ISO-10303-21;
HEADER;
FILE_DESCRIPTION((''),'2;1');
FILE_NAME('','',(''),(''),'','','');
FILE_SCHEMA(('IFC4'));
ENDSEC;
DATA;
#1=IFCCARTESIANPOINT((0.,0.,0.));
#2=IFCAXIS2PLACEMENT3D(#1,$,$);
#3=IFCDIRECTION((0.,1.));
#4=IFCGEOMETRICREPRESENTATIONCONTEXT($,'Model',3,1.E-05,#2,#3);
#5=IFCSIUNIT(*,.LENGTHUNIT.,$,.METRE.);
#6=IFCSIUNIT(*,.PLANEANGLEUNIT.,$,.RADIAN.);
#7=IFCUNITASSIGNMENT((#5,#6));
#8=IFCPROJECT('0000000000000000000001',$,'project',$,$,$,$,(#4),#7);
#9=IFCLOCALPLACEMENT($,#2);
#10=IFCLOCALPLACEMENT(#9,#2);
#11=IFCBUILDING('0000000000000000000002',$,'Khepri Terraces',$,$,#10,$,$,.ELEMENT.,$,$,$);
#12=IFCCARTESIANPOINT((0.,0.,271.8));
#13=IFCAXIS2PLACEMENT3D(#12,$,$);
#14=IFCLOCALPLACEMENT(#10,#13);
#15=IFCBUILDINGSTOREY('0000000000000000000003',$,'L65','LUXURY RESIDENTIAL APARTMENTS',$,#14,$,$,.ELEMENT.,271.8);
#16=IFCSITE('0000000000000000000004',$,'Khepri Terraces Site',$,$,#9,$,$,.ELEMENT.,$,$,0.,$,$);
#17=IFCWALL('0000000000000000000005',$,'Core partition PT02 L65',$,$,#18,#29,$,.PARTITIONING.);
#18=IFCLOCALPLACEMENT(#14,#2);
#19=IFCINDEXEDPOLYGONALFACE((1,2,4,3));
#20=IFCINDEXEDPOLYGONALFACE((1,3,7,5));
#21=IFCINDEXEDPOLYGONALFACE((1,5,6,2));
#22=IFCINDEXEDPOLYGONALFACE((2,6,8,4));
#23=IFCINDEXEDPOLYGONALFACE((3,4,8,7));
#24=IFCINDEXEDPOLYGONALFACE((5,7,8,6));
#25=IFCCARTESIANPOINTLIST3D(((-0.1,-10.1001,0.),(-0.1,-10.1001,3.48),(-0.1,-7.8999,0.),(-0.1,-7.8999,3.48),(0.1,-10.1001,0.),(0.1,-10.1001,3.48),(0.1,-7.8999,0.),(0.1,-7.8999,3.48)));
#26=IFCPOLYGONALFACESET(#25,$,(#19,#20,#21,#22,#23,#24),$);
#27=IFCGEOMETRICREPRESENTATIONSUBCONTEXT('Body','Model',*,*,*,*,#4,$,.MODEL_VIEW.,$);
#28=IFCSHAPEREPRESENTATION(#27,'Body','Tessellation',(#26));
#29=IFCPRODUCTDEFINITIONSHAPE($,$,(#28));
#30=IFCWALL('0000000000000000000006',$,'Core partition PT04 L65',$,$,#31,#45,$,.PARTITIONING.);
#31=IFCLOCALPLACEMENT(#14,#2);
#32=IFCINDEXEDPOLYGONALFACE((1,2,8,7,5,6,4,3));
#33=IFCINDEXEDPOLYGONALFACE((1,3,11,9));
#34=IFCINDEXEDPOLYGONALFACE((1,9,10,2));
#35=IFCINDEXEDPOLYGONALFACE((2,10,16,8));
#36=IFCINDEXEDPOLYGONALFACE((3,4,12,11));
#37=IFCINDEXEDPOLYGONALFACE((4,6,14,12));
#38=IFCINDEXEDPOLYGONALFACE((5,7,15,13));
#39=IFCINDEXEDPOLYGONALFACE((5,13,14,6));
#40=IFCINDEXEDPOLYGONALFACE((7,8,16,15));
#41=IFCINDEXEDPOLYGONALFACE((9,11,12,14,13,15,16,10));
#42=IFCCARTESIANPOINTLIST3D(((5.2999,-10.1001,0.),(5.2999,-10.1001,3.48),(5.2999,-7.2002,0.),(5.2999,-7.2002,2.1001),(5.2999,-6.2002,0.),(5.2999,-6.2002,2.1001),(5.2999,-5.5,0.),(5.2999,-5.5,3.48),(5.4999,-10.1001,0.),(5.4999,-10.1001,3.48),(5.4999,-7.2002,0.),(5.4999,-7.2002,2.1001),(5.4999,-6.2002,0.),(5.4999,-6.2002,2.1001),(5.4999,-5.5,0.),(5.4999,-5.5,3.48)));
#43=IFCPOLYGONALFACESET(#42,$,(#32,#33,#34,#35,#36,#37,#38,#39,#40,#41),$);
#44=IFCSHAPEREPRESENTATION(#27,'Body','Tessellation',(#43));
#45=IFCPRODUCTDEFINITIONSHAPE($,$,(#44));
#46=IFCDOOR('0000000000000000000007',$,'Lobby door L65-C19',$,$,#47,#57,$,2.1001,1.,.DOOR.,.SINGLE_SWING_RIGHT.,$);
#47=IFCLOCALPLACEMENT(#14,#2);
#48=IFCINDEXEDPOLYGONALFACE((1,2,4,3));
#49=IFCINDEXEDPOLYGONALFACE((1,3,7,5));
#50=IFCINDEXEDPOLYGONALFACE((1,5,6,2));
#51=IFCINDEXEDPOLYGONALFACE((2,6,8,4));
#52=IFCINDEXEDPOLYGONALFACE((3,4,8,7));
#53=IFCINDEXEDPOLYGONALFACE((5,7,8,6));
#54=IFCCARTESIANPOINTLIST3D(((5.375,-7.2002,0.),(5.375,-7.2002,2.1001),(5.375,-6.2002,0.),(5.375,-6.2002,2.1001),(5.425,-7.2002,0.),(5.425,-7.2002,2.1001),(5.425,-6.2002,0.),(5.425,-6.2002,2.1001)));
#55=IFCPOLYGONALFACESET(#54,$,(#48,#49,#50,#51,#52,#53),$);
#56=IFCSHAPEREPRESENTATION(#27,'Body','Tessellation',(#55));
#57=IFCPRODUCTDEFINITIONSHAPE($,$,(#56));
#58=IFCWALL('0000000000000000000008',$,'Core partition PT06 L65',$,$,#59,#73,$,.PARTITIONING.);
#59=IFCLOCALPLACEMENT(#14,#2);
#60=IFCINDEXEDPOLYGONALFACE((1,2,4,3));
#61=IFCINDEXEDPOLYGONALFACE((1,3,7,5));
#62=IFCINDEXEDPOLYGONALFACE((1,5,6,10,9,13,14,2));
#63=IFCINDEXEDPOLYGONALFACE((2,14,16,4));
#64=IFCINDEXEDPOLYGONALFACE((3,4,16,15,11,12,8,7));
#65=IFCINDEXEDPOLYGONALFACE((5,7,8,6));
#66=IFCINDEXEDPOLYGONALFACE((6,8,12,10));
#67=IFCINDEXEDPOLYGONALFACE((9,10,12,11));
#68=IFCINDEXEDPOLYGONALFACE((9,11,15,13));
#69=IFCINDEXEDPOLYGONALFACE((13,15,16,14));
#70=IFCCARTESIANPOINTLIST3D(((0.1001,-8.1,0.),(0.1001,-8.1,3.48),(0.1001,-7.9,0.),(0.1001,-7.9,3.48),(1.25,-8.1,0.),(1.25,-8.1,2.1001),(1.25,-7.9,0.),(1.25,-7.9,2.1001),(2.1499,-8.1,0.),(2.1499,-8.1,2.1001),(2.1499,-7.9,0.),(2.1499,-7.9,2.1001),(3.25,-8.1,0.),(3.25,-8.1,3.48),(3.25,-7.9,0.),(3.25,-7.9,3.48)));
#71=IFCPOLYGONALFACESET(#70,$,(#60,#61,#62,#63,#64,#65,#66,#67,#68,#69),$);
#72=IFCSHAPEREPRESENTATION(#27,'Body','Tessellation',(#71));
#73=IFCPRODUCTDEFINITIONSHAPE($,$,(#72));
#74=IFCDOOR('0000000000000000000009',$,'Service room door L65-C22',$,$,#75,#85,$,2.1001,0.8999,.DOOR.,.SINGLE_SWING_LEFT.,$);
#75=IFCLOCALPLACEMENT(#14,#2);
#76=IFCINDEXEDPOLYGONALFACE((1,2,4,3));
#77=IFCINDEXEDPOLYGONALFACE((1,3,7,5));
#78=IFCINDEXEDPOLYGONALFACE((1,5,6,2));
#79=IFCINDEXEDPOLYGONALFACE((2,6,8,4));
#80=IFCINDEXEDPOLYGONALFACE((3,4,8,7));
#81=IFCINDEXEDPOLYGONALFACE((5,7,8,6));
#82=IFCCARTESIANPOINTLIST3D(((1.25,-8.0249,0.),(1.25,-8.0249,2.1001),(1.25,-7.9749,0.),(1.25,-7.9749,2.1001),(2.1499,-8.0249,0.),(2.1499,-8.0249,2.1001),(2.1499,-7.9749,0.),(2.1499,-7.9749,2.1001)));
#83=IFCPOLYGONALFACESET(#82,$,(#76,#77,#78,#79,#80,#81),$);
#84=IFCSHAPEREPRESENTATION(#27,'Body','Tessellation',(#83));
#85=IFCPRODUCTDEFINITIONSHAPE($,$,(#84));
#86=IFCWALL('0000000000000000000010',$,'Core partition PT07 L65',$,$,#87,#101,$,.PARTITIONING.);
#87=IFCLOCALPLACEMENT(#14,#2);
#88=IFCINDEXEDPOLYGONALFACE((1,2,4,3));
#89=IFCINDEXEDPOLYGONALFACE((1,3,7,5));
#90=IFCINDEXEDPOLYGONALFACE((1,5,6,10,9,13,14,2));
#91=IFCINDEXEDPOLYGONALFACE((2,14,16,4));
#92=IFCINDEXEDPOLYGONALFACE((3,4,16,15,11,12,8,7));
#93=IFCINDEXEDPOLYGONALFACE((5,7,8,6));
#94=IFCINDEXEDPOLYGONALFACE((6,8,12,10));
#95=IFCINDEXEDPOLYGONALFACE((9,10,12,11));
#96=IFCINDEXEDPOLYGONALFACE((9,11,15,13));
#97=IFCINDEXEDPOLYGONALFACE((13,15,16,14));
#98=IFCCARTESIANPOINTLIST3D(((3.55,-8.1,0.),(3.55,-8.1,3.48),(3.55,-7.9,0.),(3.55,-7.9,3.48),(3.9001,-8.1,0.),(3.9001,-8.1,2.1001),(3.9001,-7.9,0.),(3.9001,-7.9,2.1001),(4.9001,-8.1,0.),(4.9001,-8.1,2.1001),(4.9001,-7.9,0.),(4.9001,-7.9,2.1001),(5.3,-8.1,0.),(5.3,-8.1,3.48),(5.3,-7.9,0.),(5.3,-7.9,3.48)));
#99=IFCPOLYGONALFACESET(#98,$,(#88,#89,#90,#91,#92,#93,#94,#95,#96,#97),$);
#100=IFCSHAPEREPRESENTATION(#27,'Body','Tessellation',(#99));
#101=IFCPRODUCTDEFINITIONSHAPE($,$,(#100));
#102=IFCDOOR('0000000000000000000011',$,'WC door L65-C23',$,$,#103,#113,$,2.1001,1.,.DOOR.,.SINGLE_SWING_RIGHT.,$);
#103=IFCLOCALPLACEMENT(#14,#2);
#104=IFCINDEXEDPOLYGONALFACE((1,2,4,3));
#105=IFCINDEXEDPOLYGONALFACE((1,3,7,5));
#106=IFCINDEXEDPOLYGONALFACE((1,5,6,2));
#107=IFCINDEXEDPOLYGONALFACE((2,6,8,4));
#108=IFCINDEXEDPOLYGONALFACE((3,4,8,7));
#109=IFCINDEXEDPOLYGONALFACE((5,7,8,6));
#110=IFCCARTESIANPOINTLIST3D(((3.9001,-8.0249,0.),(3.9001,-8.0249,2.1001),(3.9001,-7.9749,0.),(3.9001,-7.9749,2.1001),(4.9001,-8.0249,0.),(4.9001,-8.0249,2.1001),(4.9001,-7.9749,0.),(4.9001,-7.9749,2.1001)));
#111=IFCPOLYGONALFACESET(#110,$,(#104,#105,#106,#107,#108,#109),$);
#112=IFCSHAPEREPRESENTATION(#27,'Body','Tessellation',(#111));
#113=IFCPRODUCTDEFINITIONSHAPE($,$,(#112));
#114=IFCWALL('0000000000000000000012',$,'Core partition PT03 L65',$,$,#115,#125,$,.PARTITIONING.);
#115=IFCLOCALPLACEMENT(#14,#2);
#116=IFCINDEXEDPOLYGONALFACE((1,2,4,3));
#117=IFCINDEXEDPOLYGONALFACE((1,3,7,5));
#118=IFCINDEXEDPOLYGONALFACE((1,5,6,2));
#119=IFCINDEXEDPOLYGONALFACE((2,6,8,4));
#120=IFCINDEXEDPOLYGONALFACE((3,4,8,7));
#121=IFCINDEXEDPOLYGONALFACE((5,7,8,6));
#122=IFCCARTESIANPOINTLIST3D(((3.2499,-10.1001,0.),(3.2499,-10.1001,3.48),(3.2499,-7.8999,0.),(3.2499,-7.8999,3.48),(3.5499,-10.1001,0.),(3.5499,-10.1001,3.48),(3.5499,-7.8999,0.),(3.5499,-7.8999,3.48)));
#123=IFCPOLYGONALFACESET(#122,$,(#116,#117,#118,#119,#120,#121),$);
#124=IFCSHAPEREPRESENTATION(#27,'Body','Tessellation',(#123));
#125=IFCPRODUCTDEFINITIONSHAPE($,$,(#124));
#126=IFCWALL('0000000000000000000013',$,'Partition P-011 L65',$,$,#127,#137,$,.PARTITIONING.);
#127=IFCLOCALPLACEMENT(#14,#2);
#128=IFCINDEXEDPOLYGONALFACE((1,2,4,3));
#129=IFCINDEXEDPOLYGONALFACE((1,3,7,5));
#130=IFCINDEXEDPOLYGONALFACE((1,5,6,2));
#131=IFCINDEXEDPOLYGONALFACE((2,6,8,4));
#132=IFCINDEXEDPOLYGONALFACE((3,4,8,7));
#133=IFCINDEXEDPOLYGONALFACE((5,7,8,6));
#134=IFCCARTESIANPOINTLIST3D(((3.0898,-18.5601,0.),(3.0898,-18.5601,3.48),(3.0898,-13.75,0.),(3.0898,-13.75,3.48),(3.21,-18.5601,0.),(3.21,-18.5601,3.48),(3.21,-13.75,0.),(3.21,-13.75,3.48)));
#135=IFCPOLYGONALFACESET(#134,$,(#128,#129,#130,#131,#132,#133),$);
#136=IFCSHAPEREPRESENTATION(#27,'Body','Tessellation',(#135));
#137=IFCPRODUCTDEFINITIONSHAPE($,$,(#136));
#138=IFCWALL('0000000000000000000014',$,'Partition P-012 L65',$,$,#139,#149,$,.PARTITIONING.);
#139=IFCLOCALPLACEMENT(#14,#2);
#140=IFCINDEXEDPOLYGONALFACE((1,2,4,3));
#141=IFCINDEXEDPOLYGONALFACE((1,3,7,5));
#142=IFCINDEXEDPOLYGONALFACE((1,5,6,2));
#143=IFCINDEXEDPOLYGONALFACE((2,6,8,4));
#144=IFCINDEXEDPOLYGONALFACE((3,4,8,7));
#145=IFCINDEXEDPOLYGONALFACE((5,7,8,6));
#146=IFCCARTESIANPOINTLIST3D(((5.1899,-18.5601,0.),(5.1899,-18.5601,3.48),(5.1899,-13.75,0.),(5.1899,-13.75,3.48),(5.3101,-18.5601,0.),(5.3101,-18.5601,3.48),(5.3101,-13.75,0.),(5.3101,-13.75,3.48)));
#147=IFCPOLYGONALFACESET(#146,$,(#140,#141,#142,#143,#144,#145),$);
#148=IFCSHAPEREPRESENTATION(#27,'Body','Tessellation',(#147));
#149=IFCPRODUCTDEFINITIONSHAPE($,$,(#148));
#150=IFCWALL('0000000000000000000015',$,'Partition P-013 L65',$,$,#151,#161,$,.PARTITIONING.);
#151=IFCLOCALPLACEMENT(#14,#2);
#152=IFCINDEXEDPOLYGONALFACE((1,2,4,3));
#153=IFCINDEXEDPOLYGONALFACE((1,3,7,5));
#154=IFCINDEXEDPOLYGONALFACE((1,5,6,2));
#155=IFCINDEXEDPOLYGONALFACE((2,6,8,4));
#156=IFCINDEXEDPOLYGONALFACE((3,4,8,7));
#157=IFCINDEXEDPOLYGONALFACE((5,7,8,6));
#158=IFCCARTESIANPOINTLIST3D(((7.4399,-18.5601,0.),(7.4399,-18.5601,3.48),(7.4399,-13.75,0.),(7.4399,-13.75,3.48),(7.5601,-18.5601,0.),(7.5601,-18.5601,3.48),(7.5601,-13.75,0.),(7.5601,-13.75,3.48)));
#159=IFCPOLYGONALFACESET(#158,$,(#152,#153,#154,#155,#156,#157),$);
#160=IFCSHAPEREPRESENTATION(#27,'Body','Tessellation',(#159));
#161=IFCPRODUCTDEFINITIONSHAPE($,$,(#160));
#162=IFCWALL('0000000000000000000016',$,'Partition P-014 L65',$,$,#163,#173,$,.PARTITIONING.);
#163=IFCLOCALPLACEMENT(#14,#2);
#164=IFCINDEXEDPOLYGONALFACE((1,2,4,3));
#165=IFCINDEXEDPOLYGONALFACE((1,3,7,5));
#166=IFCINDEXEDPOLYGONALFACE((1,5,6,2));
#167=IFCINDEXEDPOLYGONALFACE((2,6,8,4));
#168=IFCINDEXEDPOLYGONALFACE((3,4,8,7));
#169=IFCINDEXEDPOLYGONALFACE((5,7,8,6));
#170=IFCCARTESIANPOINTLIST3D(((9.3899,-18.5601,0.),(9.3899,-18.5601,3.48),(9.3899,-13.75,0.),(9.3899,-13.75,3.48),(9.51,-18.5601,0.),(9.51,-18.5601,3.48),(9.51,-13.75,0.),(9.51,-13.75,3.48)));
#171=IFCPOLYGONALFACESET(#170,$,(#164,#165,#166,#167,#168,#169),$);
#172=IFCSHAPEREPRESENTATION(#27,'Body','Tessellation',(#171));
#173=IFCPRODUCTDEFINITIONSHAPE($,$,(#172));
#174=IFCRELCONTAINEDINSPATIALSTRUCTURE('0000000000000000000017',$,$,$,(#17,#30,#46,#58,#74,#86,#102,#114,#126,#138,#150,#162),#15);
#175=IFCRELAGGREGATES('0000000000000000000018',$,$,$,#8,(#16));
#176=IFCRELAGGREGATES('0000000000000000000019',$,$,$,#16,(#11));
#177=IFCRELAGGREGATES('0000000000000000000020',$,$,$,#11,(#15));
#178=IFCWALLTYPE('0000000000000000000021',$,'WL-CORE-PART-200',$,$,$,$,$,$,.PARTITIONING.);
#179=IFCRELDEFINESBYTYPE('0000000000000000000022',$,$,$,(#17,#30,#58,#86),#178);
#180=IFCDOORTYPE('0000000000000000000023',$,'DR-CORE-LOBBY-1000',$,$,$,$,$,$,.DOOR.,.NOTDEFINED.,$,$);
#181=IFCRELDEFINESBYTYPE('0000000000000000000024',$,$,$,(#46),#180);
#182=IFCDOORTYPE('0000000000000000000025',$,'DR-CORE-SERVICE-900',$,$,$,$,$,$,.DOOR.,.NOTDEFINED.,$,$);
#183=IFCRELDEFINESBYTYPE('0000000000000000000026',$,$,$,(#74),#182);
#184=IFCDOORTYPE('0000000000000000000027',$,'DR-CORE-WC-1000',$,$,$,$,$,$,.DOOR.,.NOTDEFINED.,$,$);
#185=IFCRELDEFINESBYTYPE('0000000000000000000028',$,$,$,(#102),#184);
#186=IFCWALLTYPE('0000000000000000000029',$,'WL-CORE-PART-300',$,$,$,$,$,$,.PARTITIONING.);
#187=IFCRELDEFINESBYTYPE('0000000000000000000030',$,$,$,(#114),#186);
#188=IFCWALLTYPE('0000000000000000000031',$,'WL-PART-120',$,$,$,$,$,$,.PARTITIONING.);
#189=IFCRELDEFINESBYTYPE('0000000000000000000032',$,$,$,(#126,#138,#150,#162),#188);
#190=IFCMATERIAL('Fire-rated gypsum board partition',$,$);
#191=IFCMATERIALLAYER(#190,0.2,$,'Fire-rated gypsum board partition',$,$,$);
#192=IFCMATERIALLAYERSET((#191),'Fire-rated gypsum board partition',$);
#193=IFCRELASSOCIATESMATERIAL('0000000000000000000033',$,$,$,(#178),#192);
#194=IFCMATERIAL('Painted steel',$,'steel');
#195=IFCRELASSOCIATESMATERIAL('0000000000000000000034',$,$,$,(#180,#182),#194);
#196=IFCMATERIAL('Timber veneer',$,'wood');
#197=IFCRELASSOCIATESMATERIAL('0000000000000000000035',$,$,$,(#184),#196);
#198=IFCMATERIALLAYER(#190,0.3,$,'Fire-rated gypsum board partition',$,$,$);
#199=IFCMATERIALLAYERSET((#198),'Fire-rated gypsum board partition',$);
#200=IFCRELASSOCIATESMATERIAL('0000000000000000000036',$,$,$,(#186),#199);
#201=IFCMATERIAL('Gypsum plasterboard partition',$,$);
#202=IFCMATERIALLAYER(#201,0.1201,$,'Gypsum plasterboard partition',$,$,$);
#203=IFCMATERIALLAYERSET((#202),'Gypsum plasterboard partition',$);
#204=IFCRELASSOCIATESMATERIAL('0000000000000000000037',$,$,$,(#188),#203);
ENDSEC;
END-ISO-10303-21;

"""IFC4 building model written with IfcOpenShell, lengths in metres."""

from ifc_helpers import new_model, si_unit, direction, frame, frame_2d, origin, place, context, subcontext, project, spatial, rectangle, extrude, material, layer, layer_set, type_object, element, fill, save


model = new_model("IFC4")

# Units and contexts
model_context = context("Model", 3, precision=1e-05, world=origin(), true_north=direction((0.0, 1.0)))
body_context = subcontext(model_context, "Body", "Model", "MODEL_VIEW")
ifc_project = project(units=[si_unit("LENGTHUNIT", "METRE"), si_unit("PLANEANGLEUNIT", "RADIAN")], contexts=[model_context])

# Site, building, storey
site_placement = place(None, origin())
site = spatial("IfcSite", under=ifc_project, at=site_placement, Name="Khepri Terraces Site", CompositionType="ELEMENT", RefElevation=0.0)
building_placement = place(site_placement, origin())
building = spatial("IfcBuilding", under=site, at=building_placement, Name="Khepri Terraces", CompositionType="ELEMENT")
storey_placement = place(building_placement, frame((0.0, 0.0, 271.8)))
storey = spatial("IfcBuildingStorey", under=building, at=storey_placement, Name="L65", Description="LUXURY RESIDENTIAL APARTMENTS", CompositionType="ELEMENT", Elevation=271.8)

# Wall
ifc_material_1 = material(Name="Fire-rated gypsum board partition")
ifc_layer_1 = layer(ifc_material_1, 0.2, Name="Fire-rated gypsum board partition")
ifc_layer_set_1 = layer_set([ifc_layer_1], Name="Fire-rated gypsum board partition")
wall_type_1 = type_object("IfcWallType", Name="WL-CORE-PART-200", PredefinedType="PARTITIONING", material=ifc_layer_set_1)
wall_1_placement = place(storey_placement, frame((0.0, -10.1001, 0.0), z_axis=(0.0, 0.0, 1.0), x_axis=(0.0, 1.0, 0.0)))
element("IfcWall", 1, at=wall_1_placement, inside=storey, type_object=wall_type_1, Name="Core partition PT02 L65", PredefinedType="PARTITIONING", context=body_context, shape_type="SweptSolid", body=[
    extrude(rectangle(XDim=2.2002, YDim=0.2, at=frame_2d((1.1001, 0.0))), origin(), (0.0, 0.0, 1.0), 3.48),
])

# Walls, openings, doors
wall_2_placement = place(storey_placement, frame((5.3999, -10.1001, 0.0), z_axis=(0.0, 0.0, 1.0), x_axis=(0.0, 1.0, 0.0)))
wall_2 = element("IfcWall", 2, at=wall_2_placement, inside=storey, type_object=wall_type_1, Name="Core partition PT04 L65", PredefinedType="PARTITIONING", context=body_context, shape_type="SweptSolid", body=[
    extrude(rectangle(XDim=4.6001, YDim=0.2, at=frame_2d((2.3, 0.0))), origin(), (0.0, 0.0, 1.0), 3.48),
])
opening_1_placement = place(wall_2_placement, frame((2.8999, 0.0, 0.0)))
opening_1 = element("IfcOpeningElement", 3, at=opening_1_placement, cuts=wall_2, PredefinedType="OPENING", context=body_context, shape_type="SweptSolid", body=[
    extrude(rectangle(XDim=1.0, YDim=2.1001, at=frame_2d((0.5, 1.05))), frame((0.0, 0.1099, 0.0), z_axis=(0.0, -1.0, 0.0), x_axis=(1.0, 0.0, 0.0)), (0.0, 0.0, 1.0), 0.22),
])
ifc_material_2 = material(Name="Painted steel", Category="steel")
door_type_1 = type_object("IfcDoorType", Name="DR-CORE-LOBBY-1000", OperationType="NOTDEFINED", PredefinedType="DOOR", material=ifc_material_2)
door_1_placement = place(opening_1_placement, origin())
door_1 = element("IfcDoor", 4, at=door_1_placement, inside=storey, type_object=door_type_1, Name="Lobby door L65-C19", OperationType="SINGLE_SWING_RIGHT", OverallHeight=2.1001, OverallWidth=1.0, PredefinedType="DOOR", context=body_context, shape_type="SweptSolid", body=[
    extrude(rectangle(XDim=1.0, YDim=2.1001, at=frame_2d((0.5, 1.05))), frame((0.0, 0.0249, 0.0), z_axis=(0.0, -1.0, 0.0), x_axis=(1.0, 0.0, 0.0)), (0.0, 0.0, 1.0), 0.05),
])
fill(opening_1, door_1)
wall_3_placement = place(storey_placement, frame((0.1001, -8.0, 0.0), z_axis=(0.0, 0.0, 1.0), x_axis=(1.0, 0.0, 0.0)))
wall_3 = element("IfcWall", 5, at=wall_3_placement, inside=storey, type_object=wall_type_1, Name="Core partition PT06 L65", PredefinedType="PARTITIONING", context=body_context, shape_type="SweptSolid", body=[
    extrude(rectangle(XDim=3.1499, YDim=0.2, at=frame_2d((1.575, 0.0))), origin(), (0.0, 0.0, 1.0), 3.48),
])
opening_2_placement = place(wall_3_placement, frame((1.1499, 0.0, 0.0)))
opening_2 = element("IfcOpeningElement", 6, at=opening_2_placement, cuts=wall_3, PredefinedType="OPENING", context=body_context, shape_type="SweptSolid", body=[
    extrude(rectangle(XDim=0.8999, YDim=2.1001, at=frame_2d((0.45, 1.05))), frame((0.0, 0.1099, 0.0), z_axis=(0.0, -1.0, 0.0), x_axis=(1.0, 0.0, 0.0)), (0.0, 0.0, 1.0), 0.22),
])
door_type_2 = type_object("IfcDoorType", Name="DR-CORE-SERVICE-900", OperationType="NOTDEFINED", PredefinedType="DOOR", material=ifc_material_2)
door_2_placement = place(opening_2_placement, frame((0.8999, 0.0, 0.0), z_axis=(0.0, 0.0, 1.0), x_axis=(-1.0, 0.0, 0.0)))
door_2 = element("IfcDoor", 7, at=door_2_placement, inside=storey, type_object=door_type_2, Name="Service room door L65-C22", OperationType="SINGLE_SWING_LEFT", OverallHeight=2.1001, OverallWidth=0.8999, PredefinedType="DOOR", context=body_context, shape_type="SweptSolid", body=[
    extrude(rectangle(XDim=0.8999, YDim=2.1001, at=frame_2d((0.45, 1.05))), frame((0.0, 0.0249, 0.0), z_axis=(0.0, -1.0, 0.0), x_axis=(1.0, 0.0, 0.0)), (0.0, 0.0, 1.0), 0.05),
])
fill(opening_2, door_2)
wall_4_placement = place(storey_placement, frame((3.55, -8.0, 0.0), z_axis=(0.0, 0.0, 1.0), x_axis=(1.0, 0.0, 0.0)))
wall_4 = element("IfcWall", 8, at=wall_4_placement, inside=storey, type_object=wall_type_1, Name="Core partition PT07 L65", PredefinedType="PARTITIONING", context=body_context, shape_type="SweptSolid", body=[
    extrude(rectangle(XDim=1.75, YDim=0.2, at=frame_2d((0.875, 0.0))), origin(), (0.0, 0.0, 1.0), 3.48),
])
opening_3_placement = place(wall_4_placement, frame((0.3501, 0.0, 0.0)))
opening_3 = element("IfcOpeningElement", 9, at=opening_3_placement, cuts=wall_4, PredefinedType="OPENING", context=body_context, shape_type="SweptSolid", body=[
    extrude(rectangle(XDim=1.0, YDim=2.1001, at=frame_2d((0.5, 1.05))), frame((0.0, 0.1099, 0.0), z_axis=(0.0, -1.0, 0.0), x_axis=(1.0, 0.0, 0.0)), (0.0, 0.0, 1.0), 0.22),
])
ifc_material_3 = material(Name="Timber veneer", Category="wood")
door_type_3 = type_object("IfcDoorType", Name="DR-CORE-WC-1000", OperationType="NOTDEFINED", PredefinedType="DOOR", material=ifc_material_3)
door_3_placement = place(opening_3_placement, frame((1.0, 0.0, 0.0), z_axis=(0.0, 0.0, 1.0), x_axis=(-1.0, 0.0, 0.0)))
door_3 = element("IfcDoor", 10, at=door_3_placement, inside=storey, type_object=door_type_3, Name="WC door L65-C23", OperationType="SINGLE_SWING_RIGHT", OverallHeight=2.1001, OverallWidth=1.0, PredefinedType="DOOR", context=body_context, shape_type="SweptSolid", body=[
    extrude(rectangle(XDim=1.0, YDim=2.1001, at=frame_2d((0.5, 1.05))), frame((0.0, 0.0249, 0.0), z_axis=(0.0, -1.0, 0.0), x_axis=(1.0, 0.0, 0.0)), (0.0, 0.0, 1.0), 0.05),
])
fill(opening_3, door_3)

# Wall
ifc_layer_2 = layer(ifc_material_1, 0.3, Name="Fire-rated gypsum board partition")
ifc_layer_set_2 = layer_set([ifc_layer_2], Name="Fire-rated gypsum board partition")
wall_type_2 = type_object("IfcWallType", Name="WL-CORE-PART-300", PredefinedType="PARTITIONING", material=ifc_layer_set_2)
wall_5_placement = place(storey_placement, frame((3.3999, -10.1001, 0.0), z_axis=(0.0, 0.0, 1.0), x_axis=(0.0, 1.0, 0.0)))
element("IfcWall", 11, at=wall_5_placement, inside=storey, type_object=wall_type_2, Name="Core partition PT03 L65", PredefinedType="PARTITIONING", context=body_context, shape_type="SweptSolid", body=[
    extrude(rectangle(XDim=2.2002, YDim=0.3, at=frame_2d((1.1001, 0.0))), origin(), (0.0, 0.0, 1.0), 3.48),
])

# Walls
ifc_material_4 = material(Name="Gypsum plasterboard partition")
ifc_layer_3 = layer(ifc_material_4, 0.1201, Name="Gypsum plasterboard partition")
ifc_layer_set_3 = layer_set([ifc_layer_3], Name="Gypsum plasterboard partition")
wall_type_3 = type_object("IfcWallType", Name="WL-PART-120", PredefinedType="PARTITIONING", material=ifc_layer_set_3)
for number, where, z_axis, x_axis, name in (
    (12, (3.1499, -18.5601, 0.0), (0.0, 0.0, 1.0), (0.0, 1.0, 0.0), "Partition P-011 L65"),
    (13, (5.25, -18.5601, 0.0), (0.0, 0.0, 1.0), (0.0, 1.0, 0.0), "Partition P-012 L65"),
    (14, (7.5, -18.5601, 0.0), (0.0, 0.0, 1.0), (0.0, 1.0, 0.0), "Partition P-013 L65"),
    (15, (9.45, -18.5601, 0.0), (0.0, 0.0, 1.0), (0.0, 1.0, 0.0), "Partition P-014 L65"),
):
    element("IfcWall", number, at=place(storey_placement, frame(where, z_axis=z_axis, x_axis=x_axis)), inside=storey, type_object=wall_type_3, Name=name, PredefinedType="PARTITIONING", context=body_context, shape_type="SweptSolid", body=[
        extrude(rectangle(XDim=4.8101, YDim=0.1201, at=frame_2d((2.405, 0.0))), origin(), (0.0, 0.0, 1.0), 3.48),
    ])

save(model, "model.ifc")
